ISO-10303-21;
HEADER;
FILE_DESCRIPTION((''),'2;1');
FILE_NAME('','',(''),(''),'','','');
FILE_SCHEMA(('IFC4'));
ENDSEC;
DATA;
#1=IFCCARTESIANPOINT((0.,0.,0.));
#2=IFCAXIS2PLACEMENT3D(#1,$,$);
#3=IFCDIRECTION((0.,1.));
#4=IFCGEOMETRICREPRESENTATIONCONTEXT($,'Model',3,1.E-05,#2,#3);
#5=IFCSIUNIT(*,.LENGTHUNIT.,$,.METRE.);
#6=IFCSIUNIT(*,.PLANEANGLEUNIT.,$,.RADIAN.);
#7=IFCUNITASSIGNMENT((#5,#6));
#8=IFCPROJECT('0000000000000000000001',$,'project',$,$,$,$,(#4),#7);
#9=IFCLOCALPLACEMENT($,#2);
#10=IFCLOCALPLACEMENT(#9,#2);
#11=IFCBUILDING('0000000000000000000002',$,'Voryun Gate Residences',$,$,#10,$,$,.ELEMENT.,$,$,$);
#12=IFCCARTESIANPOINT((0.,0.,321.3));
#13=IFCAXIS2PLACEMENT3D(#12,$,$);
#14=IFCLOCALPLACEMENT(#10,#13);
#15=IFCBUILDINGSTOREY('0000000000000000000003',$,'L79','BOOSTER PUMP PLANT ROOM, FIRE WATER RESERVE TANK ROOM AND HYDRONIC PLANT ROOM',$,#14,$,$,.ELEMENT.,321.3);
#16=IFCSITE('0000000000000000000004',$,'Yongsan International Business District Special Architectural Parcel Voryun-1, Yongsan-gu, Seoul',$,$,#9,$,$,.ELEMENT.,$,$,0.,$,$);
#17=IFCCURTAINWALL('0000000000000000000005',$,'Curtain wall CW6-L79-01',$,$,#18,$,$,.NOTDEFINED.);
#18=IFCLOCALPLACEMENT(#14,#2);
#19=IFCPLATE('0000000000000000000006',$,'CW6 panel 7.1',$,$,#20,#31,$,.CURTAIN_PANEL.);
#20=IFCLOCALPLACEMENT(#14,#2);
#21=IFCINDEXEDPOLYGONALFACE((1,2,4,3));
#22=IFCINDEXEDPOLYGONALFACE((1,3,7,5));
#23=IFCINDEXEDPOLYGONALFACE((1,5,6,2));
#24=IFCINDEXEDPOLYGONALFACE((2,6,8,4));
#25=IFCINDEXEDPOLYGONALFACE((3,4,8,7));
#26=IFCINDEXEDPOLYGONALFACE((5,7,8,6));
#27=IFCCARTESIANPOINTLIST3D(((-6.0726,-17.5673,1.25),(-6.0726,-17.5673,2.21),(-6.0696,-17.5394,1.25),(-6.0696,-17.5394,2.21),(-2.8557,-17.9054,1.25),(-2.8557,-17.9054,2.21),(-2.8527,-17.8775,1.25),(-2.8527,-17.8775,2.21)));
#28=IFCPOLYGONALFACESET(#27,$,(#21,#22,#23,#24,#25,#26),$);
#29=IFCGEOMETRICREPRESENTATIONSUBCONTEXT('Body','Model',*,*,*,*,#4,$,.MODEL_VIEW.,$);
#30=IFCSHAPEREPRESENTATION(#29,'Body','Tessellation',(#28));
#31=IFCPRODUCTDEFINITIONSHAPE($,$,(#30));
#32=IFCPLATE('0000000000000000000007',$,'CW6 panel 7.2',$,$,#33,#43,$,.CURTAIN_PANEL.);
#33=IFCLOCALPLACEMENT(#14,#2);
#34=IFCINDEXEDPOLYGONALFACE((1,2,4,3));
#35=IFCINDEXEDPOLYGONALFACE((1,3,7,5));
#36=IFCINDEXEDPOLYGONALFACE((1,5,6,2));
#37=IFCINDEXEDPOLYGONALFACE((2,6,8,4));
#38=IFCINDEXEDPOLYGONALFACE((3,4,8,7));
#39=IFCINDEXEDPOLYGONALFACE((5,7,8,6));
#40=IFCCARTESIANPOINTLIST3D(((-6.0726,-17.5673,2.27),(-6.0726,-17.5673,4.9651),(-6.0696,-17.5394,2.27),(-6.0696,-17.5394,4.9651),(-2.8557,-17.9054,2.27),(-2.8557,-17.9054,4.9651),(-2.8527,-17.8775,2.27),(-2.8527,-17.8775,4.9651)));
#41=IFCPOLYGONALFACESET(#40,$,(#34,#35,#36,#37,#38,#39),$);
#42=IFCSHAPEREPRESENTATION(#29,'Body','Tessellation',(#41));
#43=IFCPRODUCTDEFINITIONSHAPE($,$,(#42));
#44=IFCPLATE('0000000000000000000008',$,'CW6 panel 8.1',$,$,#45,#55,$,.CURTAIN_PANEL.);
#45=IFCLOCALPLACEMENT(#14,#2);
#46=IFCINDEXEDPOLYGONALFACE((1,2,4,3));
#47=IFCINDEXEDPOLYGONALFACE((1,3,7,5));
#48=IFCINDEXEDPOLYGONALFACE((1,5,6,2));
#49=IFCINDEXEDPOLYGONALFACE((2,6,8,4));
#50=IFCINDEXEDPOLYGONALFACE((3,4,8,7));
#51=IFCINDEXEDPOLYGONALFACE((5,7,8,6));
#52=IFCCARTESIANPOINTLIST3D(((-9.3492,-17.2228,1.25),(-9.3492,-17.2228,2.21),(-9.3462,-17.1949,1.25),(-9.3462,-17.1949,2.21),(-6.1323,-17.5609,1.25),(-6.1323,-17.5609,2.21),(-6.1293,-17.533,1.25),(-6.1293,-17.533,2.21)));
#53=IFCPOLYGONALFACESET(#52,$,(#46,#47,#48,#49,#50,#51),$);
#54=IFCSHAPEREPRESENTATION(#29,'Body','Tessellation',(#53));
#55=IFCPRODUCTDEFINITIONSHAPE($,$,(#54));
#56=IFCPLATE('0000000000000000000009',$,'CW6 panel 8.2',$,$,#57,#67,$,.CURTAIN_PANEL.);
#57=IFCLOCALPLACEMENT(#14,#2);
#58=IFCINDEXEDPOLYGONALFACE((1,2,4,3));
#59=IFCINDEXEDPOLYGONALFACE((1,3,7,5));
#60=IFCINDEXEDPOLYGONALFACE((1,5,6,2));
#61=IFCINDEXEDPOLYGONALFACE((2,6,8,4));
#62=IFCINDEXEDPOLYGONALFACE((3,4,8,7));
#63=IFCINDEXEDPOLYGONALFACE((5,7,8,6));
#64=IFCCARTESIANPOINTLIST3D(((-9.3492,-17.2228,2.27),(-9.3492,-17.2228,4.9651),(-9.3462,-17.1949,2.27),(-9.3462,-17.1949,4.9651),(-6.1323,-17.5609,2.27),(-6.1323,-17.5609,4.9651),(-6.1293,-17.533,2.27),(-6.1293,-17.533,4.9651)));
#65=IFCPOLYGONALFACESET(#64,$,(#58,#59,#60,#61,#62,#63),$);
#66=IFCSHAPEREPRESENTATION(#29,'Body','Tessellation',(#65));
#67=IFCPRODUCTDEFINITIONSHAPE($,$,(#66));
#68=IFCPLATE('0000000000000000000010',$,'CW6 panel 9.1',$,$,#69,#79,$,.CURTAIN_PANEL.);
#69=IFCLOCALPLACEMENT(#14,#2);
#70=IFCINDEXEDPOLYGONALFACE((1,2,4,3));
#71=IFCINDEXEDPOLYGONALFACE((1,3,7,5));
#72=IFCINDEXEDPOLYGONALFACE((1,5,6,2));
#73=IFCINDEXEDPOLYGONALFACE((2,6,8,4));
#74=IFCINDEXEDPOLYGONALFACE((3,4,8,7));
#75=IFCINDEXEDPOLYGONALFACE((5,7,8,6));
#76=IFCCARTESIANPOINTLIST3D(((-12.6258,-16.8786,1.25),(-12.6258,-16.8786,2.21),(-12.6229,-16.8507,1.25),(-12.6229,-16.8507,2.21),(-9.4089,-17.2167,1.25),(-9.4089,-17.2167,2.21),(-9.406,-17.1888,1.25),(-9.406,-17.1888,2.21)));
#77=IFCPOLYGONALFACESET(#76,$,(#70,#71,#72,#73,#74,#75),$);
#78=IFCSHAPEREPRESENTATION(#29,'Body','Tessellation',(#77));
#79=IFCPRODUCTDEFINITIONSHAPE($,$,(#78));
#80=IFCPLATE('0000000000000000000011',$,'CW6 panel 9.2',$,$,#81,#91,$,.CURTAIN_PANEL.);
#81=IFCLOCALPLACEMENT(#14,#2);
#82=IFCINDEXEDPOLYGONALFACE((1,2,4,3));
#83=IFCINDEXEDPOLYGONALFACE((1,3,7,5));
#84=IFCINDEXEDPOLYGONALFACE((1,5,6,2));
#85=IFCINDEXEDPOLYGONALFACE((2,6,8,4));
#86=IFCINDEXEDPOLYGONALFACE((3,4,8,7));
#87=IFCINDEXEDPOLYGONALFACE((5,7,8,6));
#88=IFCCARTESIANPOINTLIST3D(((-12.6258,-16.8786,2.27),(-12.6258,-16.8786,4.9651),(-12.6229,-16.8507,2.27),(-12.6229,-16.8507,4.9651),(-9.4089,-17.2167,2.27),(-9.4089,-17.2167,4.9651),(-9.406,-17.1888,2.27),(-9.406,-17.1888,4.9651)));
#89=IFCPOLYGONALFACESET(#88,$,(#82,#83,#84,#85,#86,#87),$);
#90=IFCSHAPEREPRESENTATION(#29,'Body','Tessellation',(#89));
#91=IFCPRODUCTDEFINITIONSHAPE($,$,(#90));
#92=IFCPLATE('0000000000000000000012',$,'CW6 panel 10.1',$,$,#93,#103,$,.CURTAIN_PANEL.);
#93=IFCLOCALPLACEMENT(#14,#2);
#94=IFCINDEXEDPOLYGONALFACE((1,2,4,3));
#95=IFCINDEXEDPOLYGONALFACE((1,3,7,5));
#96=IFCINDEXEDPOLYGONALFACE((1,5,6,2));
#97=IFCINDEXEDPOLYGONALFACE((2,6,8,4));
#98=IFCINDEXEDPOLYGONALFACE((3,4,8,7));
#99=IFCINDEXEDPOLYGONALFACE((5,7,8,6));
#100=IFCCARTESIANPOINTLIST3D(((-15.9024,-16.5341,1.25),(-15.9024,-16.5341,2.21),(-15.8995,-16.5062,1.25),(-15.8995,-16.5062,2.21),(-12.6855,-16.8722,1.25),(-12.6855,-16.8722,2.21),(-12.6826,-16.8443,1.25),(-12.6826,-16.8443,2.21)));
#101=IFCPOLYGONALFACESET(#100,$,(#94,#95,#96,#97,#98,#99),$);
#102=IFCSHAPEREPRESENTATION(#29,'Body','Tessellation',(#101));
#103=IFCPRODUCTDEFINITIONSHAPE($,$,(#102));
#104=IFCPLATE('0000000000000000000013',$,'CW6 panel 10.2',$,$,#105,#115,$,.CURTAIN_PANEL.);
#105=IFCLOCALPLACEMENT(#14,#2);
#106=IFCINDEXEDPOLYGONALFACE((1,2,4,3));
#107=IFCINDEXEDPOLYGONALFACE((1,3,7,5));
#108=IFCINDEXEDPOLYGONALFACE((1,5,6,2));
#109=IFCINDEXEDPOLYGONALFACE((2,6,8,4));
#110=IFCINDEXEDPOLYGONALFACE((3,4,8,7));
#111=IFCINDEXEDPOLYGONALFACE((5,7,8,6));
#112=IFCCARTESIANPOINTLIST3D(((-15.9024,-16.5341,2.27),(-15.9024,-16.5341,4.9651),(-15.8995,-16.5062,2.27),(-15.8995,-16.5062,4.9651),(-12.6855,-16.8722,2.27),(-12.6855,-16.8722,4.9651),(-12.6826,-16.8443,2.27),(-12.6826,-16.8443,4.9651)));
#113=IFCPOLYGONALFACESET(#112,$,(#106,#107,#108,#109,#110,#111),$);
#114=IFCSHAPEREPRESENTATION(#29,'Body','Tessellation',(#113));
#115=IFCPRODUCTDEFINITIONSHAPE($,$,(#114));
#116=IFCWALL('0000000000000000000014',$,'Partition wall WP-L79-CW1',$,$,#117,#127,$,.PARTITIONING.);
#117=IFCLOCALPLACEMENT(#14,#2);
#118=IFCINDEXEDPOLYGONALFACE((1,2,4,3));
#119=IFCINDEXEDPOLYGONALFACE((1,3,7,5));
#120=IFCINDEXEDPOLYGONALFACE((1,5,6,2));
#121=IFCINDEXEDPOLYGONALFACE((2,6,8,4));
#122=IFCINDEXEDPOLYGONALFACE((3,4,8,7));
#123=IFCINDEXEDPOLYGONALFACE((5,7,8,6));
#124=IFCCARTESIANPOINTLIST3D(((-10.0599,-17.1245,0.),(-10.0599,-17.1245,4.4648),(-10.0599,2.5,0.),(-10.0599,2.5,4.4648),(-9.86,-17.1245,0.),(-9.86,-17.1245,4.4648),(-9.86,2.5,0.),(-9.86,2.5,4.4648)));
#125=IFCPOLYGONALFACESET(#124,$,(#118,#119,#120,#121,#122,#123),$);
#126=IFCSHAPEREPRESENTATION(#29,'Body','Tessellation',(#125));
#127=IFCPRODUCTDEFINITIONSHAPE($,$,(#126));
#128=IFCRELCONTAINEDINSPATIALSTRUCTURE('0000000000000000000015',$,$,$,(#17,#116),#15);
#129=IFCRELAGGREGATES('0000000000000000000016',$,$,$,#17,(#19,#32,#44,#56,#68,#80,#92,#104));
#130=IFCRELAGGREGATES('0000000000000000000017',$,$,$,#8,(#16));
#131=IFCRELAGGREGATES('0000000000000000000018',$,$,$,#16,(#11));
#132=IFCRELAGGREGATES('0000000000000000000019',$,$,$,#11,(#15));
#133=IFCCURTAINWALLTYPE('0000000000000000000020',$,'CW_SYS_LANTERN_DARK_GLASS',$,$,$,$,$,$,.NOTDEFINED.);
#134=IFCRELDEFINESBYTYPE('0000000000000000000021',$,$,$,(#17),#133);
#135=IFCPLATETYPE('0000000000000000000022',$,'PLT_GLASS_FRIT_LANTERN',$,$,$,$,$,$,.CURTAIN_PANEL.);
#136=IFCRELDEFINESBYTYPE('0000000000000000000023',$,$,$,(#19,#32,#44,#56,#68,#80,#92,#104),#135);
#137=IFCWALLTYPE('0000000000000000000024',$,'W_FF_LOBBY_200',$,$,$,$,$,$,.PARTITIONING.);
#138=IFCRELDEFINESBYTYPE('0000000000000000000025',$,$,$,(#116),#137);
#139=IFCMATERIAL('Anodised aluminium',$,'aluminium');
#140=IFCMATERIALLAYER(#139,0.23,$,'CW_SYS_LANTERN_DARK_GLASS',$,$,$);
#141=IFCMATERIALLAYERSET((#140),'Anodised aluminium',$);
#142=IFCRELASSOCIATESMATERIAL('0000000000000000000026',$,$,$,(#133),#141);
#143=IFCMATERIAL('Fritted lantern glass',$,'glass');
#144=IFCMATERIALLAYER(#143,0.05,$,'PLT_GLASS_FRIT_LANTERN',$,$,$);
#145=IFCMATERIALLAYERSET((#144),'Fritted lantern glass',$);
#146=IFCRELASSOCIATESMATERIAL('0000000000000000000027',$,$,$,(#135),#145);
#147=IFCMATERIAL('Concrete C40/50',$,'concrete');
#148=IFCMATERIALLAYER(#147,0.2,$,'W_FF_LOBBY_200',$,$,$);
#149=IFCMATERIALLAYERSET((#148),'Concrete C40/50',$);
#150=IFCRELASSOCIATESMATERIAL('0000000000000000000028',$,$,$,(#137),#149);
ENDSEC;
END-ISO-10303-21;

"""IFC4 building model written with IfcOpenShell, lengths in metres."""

from ifc_helpers import new_model, si_unit, direction, frame, frame_2d, origin, origin_2d, place, context, subcontext, project, spatial, rectangle, extrude, material, layer, layer_set, type_object, element, aggregate, save


model = new_model("IFC4")

# Units and contexts
model_context = context("Model", 3, precision=1e-05, world=origin(), true_north=direction((0.0, 1.0)))
body_context = subcontext(model_context, "Body", "Model", "MODEL_VIEW")
ifc_project = project(units=[si_unit("LENGTHUNIT", "METRE"), si_unit("PLANEANGLEUNIT", "RADIAN")], contexts=[model_context])

# Site, building, storey
site_placement = place(None, origin())
site = spatial("IfcSite", under=ifc_project, at=site_placement, Name="Yongsan International Business District Special Architectural Parcel Voryun-1, Yongsan-gu, Seoul", CompositionType="ELEMENT", RefElevation=0.0)
building_placement = place(site_placement, origin())
building = spatial("IfcBuilding", under=site, at=building_placement, Name="Voryun Gate Residences", CompositionType="ELEMENT")
storey_placement = place(building_placement, frame((0.0, 0.0, 321.3)))
storey = spatial("IfcBuildingStorey", under=building, at=storey_placement, Name="L79", Description="BOOSTER PUMP PLANT ROOM, FIRE WATER RESERVE TANK ROOM AND HYDRONIC PLANT ROOM", CompositionType="ELEMENT", Elevation=321.3)

# Curtain wall
ifc_material_1 = material(Name="Anodised aluminium", Category="aluminium")
ifc_layer_1 = layer(ifc_material_1, 0.23, Name="CW_SYS_LANTERN_DARK_GLASS")
ifc_layer_set_1 = layer_set([ifc_layer_1], Name="Anodised aluminium")
curtain_wall_type = type_object("IfcCurtainWallType", Name="CW_SYS_LANTERN_DARK_GLASS", PredefinedType="NOTDEFINED", material=ifc_layer_set_1)
curtain_wall_placement = place(storey_placement, origin())
curtain_wall = element("IfcCurtainWall", 1, at=curtain_wall_placement, inside=storey, type_object=curtain_wall_type, Name="Curtain wall CW6-L79-01", PredefinedType="NOTDEFINED")

# Plates
ifc_material_2 = material(Name="Fritted lantern glass", Category="glass")
ifc_layer_2 = layer(ifc_material_2, 0.05, Name="PLT_GLASS_FRIT_LANTERN")
ifc_layer_set_2 = layer_set([ifc_layer_2], Name="Fritted lantern glass")
plate_type_1 = type_object("IfcPlateType", Name="PLT_GLASS_FRIT_LANTERN", PredefinedType="CURTAIN_PANEL", material=ifc_layer_set_2)
plate_1_placement = place(storey_placement, frame((-4.4626, -17.7224, 1.25), z_axis=(0.0, 0.0, 1.0), x_axis=(-0.994522, 0.104528, 0.0)))
plate_1 = element("IfcPlate", 2, at=plate_1_placement, type_object=plate_type_1, Name="CW6 panel 7.1", PredefinedType="CURTAIN_PANEL", context=body_context, shape_type="SweptSolid", body=[
    extrude(rectangle(XDim=3.2346, YDim=0.0281, at=origin_2d()), origin(), (0.0, 0.0, 1.0), 0.96),
])
plate_2_placement = place(storey_placement, frame((-4.4626, -17.7224, 2.27), z_axis=(0.0, 0.0, 1.0), x_axis=(-0.994522, 0.104528, 0.0)))
plate_2 = element("IfcPlate", 3, at=plate_2_placement, type_object=plate_type_1, Name="CW6 panel 7.2", PredefinedType="CURTAIN_PANEL", context=body_context, shape_type="SweptSolid", body=[
    extrude(rectangle(XDim=3.2346, YDim=0.0281, at=origin_2d()), origin(), (0.0, 0.0, 1.0), 2.6951),
])
plate_3_placement = place(storey_placement, frame((-7.7393, -17.3779, 1.25), z_axis=(0.0, 0.0, 1.0), x_axis=(-0.994522, 0.104528, 0.0)))
plate_3 = element("IfcPlate", 4, at=plate_3_placement, type_object=plate_type_1, Name="CW6 panel 8.1", PredefinedType="CURTAIN_PANEL", context=body_context, shape_type="SweptSolid", body=[
    extrude(rectangle(XDim=3.2346, YDim=0.0281, at=origin_2d()), origin(), (0.0, 0.0, 1.0), 0.96),
])
plate_4_placement = place(storey_placement, frame((-7.7393, -17.3779, 2.27), z_axis=(0.0, 0.0, 1.0), x_axis=(-0.994522, 0.104528, 0.0)))
plate_4 = element("IfcPlate", 5, at=plate_4_placement, type_object=plate_type_1, Name="CW6 panel 8.2", PredefinedType="CURTAIN_PANEL", context=body_context, shape_type="SweptSolid", body=[
    extrude(rectangle(XDim=3.2346, YDim=0.0281, at=origin_2d()), origin(), (0.0, 0.0, 1.0), 2.6951),
])
plate_5_placement = place(storey_placement, frame((-11.0159, -17.0337, 1.25), z_axis=(0.0, 0.0, 1.0), x_axis=(-0.994522, 0.104528, 0.0)))
plate_5 = element("IfcPlate", 6, at=plate_5_placement, type_object=plate_type_1, Name="CW6 panel 9.1", PredefinedType="CURTAIN_PANEL", context=body_context, shape_type="SweptSolid", body=[
    extrude(rectangle(XDim=3.2346, YDim=0.0281, at=origin_2d()), origin(), (0.0, 0.0, 1.0), 0.96),
])
plate_6_placement = place(storey_placement, frame((-11.0159, -17.0337, 2.27), z_axis=(0.0, 0.0, 1.0), x_axis=(-0.994522, 0.104528, 0.0)))
plate_6 = element("IfcPlate", 7, at=plate_6_placement, type_object=plate_type_1, Name="CW6 panel 9.2", PredefinedType="CURTAIN_PANEL", context=body_context, shape_type="SweptSolid", body=[
    extrude(rectangle(XDim=3.2346, YDim=0.0281, at=origin_2d()), origin(), (0.0, 0.0, 1.0), 2.6951),
])
plate_7_placement = place(storey_placement, frame((-14.2925, -16.6892, 1.25), z_axis=(0.0, 0.0, 1.0), x_axis=(-0.994522, 0.104528, 0.0)))
plate_7 = element("IfcPlate", 8, at=plate_7_placement, type_object=plate_type_1, Name="CW6 panel 10.1", PredefinedType="CURTAIN_PANEL", context=body_context, shape_type="SweptSolid", body=[
    extrude(rectangle(XDim=3.2346, YDim=0.0281, at=origin_2d()), origin(), (0.0, 0.0, 1.0), 0.96),
])
plate_8_placement = place(storey_placement, frame((-14.2925, -16.6892, 2.27), z_axis=(0.0, 0.0, 1.0), x_axis=(-0.994522, 0.104528, 0.0)))
plate_8 = element("IfcPlate", 9, at=plate_8_placement, type_object=plate_type_1, Name="CW6 panel 10.2", PredefinedType="CURTAIN_PANEL", context=body_context, shape_type="SweptSolid", body=[
    extrude(rectangle(XDim=3.2346, YDim=0.0281, at=origin_2d()), origin(), (0.0, 0.0, 1.0), 2.6951),
])
aggregate(curtain_wall, [plate_1, plate_2, plate_3, plate_4, plate_5, plate_6, plate_7, plate_8])

# Wall
ifc_material_3 = material(Name="Concrete C40/50", Category="concrete")
ifc_layer_3 = layer(ifc_material_3, 0.2, Name="W_FF_LOBBY_200")
ifc_layer_set_3 = layer_set([ifc_layer_3], Name="Concrete C40/50")
wall_type = type_object("IfcWallType", Name="W_FF_LOBBY_200", PredefinedType="PARTITIONING", material=ifc_layer_set_3)
wall_placement = place(storey_placement, frame((-9.96, -17.1245, 0.0), z_axis=(0.0, 0.0, 1.0), x_axis=(0.0, 1.0, 0.0)))
element("IfcWall", 10, at=wall_placement, inside=storey, type_object=wall_type, Name="Partition wall WP-L79-CW1", PredefinedType="PARTITIONING", context=body_context, shape_type="SweptSolid", body=[
    extrude(rectangle(XDim=19.6245, YDim=0.2, at=frame_2d((9.8123, 0.0))), origin(), (0.0, 0.0, 1.0), 4.4648),
])

save(model, "model.ifc")
